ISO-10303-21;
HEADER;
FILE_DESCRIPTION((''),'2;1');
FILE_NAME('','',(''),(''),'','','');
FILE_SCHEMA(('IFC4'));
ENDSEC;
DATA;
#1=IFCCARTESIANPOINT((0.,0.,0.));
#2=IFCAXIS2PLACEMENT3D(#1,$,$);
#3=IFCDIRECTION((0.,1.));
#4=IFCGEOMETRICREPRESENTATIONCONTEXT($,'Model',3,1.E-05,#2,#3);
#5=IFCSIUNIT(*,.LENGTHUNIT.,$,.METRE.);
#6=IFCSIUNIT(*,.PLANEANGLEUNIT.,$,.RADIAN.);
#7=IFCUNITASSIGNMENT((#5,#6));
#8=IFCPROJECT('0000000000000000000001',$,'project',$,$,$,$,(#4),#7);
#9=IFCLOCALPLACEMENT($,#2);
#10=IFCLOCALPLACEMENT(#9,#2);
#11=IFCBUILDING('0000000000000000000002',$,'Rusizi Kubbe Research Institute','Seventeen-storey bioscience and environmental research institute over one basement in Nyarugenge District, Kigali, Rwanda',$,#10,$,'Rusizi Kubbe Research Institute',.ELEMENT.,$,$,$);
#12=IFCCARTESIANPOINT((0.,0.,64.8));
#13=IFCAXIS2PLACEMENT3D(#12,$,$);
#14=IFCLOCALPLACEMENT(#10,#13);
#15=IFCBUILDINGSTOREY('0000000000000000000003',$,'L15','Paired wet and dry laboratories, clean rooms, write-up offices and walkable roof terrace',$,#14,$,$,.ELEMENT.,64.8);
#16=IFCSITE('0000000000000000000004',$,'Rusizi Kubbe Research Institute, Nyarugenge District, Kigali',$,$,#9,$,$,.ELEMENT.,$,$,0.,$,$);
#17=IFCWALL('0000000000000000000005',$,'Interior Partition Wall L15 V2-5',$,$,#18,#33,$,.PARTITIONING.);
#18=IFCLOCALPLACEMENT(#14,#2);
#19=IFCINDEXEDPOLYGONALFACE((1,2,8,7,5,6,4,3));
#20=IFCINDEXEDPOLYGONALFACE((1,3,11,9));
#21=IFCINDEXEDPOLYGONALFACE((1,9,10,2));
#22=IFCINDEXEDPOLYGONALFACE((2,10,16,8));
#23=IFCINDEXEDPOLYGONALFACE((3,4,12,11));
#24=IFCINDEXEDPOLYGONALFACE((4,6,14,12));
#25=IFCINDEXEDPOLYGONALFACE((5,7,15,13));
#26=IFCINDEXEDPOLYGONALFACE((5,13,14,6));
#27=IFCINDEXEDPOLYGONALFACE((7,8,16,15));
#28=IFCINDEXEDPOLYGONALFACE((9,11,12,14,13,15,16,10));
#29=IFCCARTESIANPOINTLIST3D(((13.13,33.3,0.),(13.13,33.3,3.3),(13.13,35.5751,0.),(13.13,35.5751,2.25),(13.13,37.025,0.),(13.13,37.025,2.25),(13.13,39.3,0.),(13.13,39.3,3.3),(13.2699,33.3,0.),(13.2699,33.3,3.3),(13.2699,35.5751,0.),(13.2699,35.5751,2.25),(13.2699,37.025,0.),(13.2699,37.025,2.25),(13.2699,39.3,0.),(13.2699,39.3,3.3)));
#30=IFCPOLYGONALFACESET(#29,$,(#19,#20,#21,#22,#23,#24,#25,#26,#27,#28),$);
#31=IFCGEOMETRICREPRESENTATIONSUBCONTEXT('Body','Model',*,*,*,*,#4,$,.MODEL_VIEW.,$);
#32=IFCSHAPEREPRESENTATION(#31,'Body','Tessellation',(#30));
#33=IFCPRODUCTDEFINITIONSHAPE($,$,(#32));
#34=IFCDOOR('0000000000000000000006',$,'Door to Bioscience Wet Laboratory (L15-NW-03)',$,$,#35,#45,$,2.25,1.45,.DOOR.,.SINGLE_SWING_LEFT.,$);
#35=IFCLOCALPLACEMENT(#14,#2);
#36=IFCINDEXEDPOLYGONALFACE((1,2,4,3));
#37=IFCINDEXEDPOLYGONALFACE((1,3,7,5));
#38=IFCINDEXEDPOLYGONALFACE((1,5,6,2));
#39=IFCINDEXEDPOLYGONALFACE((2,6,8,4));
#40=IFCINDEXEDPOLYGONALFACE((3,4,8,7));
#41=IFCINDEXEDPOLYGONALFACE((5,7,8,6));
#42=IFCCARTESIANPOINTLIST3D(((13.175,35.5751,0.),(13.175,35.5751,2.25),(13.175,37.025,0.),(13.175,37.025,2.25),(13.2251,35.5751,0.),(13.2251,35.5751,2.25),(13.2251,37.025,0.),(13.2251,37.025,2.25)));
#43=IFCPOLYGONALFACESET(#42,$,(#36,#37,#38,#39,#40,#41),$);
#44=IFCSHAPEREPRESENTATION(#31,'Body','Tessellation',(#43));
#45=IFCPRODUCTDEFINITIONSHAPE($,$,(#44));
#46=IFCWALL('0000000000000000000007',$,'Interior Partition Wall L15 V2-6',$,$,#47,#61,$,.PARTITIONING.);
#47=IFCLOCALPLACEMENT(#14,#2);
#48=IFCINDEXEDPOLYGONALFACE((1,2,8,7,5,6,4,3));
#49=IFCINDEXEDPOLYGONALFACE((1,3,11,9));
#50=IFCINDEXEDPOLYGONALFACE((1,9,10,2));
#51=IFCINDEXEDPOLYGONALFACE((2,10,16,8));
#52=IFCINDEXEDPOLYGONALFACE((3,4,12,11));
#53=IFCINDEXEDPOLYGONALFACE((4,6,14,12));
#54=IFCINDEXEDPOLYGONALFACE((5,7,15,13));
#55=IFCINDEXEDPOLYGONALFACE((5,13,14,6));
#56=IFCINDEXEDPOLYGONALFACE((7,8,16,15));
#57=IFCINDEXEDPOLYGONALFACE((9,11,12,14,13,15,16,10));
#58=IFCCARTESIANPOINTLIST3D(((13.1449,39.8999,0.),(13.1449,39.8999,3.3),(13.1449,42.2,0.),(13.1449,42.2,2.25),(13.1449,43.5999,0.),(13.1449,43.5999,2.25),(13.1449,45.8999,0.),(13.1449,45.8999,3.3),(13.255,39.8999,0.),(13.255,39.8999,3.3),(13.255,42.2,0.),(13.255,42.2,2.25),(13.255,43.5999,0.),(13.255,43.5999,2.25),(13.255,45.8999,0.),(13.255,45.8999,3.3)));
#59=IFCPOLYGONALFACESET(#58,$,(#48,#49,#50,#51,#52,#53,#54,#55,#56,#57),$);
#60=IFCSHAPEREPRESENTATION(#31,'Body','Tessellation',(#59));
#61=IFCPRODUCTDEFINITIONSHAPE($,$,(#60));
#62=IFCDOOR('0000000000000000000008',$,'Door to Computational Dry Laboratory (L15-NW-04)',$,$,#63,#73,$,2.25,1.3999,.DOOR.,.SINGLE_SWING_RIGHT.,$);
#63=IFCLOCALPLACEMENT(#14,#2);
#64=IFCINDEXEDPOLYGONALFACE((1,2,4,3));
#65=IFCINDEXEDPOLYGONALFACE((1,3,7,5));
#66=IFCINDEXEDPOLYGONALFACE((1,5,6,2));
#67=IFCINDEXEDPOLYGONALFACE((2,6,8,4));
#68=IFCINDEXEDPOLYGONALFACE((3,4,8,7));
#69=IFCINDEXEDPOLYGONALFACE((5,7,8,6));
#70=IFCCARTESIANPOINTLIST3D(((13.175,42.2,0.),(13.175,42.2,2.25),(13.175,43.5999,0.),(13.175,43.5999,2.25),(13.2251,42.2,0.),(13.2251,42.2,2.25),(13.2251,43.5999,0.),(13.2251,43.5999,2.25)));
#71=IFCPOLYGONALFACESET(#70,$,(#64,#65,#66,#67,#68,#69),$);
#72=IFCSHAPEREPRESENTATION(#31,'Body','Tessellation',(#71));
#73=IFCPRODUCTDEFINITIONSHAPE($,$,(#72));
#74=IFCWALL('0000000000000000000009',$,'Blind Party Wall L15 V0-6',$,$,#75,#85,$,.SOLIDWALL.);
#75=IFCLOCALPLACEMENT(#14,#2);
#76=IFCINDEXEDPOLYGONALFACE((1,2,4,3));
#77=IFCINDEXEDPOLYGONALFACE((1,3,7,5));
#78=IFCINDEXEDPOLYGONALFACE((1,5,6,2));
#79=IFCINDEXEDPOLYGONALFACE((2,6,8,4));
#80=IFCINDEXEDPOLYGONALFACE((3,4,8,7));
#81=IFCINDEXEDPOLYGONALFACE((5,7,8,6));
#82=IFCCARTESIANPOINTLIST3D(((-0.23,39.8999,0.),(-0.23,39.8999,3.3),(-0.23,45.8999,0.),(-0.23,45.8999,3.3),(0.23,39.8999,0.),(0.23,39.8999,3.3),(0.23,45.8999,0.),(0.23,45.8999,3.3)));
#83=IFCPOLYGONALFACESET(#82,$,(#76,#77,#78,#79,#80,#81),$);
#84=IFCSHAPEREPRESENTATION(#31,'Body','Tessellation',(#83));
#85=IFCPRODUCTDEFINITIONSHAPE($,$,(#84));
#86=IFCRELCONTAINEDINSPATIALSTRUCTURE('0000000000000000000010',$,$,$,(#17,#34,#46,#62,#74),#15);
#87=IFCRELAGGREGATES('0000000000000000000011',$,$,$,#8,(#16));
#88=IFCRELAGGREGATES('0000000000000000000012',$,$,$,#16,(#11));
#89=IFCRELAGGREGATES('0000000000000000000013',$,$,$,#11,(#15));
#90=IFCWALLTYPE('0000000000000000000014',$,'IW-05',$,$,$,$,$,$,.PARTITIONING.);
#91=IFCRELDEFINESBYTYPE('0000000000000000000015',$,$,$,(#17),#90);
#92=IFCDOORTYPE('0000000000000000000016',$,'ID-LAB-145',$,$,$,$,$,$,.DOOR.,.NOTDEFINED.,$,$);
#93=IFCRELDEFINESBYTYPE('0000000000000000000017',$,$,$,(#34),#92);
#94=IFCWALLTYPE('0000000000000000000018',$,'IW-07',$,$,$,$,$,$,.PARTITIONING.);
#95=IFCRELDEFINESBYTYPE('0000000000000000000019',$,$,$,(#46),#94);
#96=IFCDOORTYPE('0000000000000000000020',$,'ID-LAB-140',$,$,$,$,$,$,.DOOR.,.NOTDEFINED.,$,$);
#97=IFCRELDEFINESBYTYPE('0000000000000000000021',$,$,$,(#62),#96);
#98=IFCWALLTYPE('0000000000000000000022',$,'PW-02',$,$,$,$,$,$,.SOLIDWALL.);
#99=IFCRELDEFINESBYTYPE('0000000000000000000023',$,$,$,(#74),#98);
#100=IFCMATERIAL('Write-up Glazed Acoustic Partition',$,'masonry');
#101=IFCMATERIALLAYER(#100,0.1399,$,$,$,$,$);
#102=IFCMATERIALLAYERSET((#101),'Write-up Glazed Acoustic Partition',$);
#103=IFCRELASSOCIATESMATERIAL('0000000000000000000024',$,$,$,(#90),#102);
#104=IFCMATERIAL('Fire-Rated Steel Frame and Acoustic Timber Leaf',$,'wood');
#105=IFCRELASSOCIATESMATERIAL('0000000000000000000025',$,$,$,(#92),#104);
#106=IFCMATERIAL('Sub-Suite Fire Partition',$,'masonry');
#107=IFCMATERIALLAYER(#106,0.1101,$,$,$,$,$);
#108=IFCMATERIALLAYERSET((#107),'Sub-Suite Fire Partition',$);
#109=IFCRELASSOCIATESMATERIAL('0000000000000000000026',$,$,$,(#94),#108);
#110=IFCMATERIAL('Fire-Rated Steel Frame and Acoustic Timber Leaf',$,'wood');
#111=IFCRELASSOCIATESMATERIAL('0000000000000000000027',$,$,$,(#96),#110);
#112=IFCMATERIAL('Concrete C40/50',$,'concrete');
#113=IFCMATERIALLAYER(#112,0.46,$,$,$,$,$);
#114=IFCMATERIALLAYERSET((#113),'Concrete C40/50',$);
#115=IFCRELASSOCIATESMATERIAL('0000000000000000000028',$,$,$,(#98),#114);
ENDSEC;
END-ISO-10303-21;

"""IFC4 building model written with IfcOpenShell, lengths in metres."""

from ifc_helpers import new_model, si_unit, direction, frame, frame_2d, origin, place, context, subcontext, project, spatial, rectangle, extrude, material, layer, layer_set, type_object, element, fill, save


model = new_model("IFC4")

# Units and contexts
model_context = context("Model", 3, precision=1e-05, world=origin(), true_north=direction((0.0, 1.0)))
body_context = subcontext(model_context, "Body", "Model", "MODEL_VIEW")
ifc_project = project(units=[si_unit("LENGTHUNIT", "METRE"), si_unit("PLANEANGLEUNIT", "RADIAN")], contexts=[model_context])

# Site, building, storey
site_placement = place(None, origin())
site = spatial("IfcSite", under=ifc_project, at=site_placement, Name="Rusizi Kubbe Research Institute, Nyarugenge District, Kigali", CompositionType="ELEMENT", RefElevation=0.0)
building_placement = place(site_placement, origin())
building = spatial("IfcBuilding", under=site, at=building_placement, Name="Rusizi Kubbe Research Institute", Description="Seventeen-storey bioscience and environmental research institute over one basement in Nyarugenge District, Kigali, Rwanda", LongName="Rusizi Kubbe Research Institute", CompositionType="ELEMENT")
storey_placement = place(building_placement, frame((0.0, 0.0, 64.8)))
storey = spatial("IfcBuildingStorey", under=building, at=storey_placement, Name="L15", Description="Paired wet and dry laboratories, clean rooms, write-up offices and walkable roof terrace", CompositionType="ELEMENT", Elevation=64.8)

# Shared definitions
ifc_material_1 = material(Name="Write-up Glazed Acoustic Partition", Category="masonry")
ifc_layer_1 = layer(ifc_material_1, 0.1399)
ifc_layer_set_1 = layer_set([ifc_layer_1], Name="Write-up Glazed Acoustic Partition")
wall_type_1 = type_object("IfcWallType", Name="IW-05", PredefinedType="PARTITIONING", material=ifc_layer_set_1)

# Walls, openings, doors
wall_1_placement = place(storey_placement, frame((13.2, 33.3, 0.0), z_axis=(0.0, 0.0, 1.0), x_axis=(0.0, 1.0, 0.0)))
wall_1 = element("IfcWall", 1, at=wall_1_placement, inside=storey, type_object=wall_type_1, Name="Interior Partition Wall L15 V2-5", PredefinedType="PARTITIONING", context=body_context, shape_type="SweptSolid", body=[
    extrude(rectangle(XDim=6.0, YDim=0.1399, at=frame_2d((3.0, 0.0))), origin(), (0.0, 0.0, 1.0), 3.3),
])
opening_1_placement = place(wall_1_placement, frame((2.2749, 0.0, 0.0)))
opening_1 = element("IfcOpeningElement", 2, at=opening_1_placement, cuts=wall_1, PredefinedType="OPENING", context=body_context, shape_type="SweptSolid", body=[
    extrude(rectangle(XDim=1.45, YDim=2.25, at=frame_2d((0.7251, 1.125))), frame((0.0, 0.0798, 0.0), z_axis=(0.0, -1.0, 0.0), x_axis=(1.0, 0.0, 0.0)), (0.0, 0.0, 1.0), 0.1599),
])
ifc_material_2 = material(Name="Fire-Rated Steel Frame and Acoustic Timber Leaf", Category="wood")
door_type_1 = type_object("IfcDoorType", Name="ID-LAB-145", OperationType="NOTDEFINED", PredefinedType="DOOR", material=ifc_material_2)
door_1_placement = place(opening_1_placement, origin())
door_1 = element("IfcDoor", 3, at=door_1_placement, inside=storey, type_object=door_type_1, Name="Door to Bioscience Wet Laboratory (L15-NW-03)", OperationType="SINGLE_SWING_LEFT", OverallHeight=2.25, OverallWidth=1.45, PredefinedType="DOOR", context=body_context, shape_type="SweptSolid", body=[
    extrude(rectangle(XDim=1.45, YDim=2.25, at=frame_2d((0.7251, 1.125))), frame((0.0, 0.0249, 0.0), z_axis=(0.0, -1.0, 0.0), x_axis=(1.0, 0.0, 0.0)), (0.0, 0.0, 1.0), 0.05),
])
fill(opening_1, door_1)
ifc_material_3 = material(Name="Sub-Suite Fire Partition", Category="masonry")
ifc_layer_2 = layer(ifc_material_3, 0.1101)
ifc_layer_set_2 = layer_set([ifc_layer_2], Name="Sub-Suite Fire Partition")
wall_type_2 = type_object("IfcWallType", Name="IW-07", PredefinedType="PARTITIONING", material=ifc_layer_set_2)
wall_2_placement = place(storey_placement, frame((13.2, 39.8999, 0.0), z_axis=(0.0, 0.0, 1.0), x_axis=(0.0, 1.0, 0.0)))
wall_2 = element("IfcWall", 4, at=wall_2_placement, inside=storey, type_object=wall_type_2, Name="Interior Partition Wall L15 V2-6", PredefinedType="PARTITIONING", context=body_context, shape_type="SweptSolid", body=[
    extrude(rectangle(XDim=6.0, YDim=0.1101, at=frame_2d((3.0, 0.0))), origin(), (0.0, 0.0, 1.0), 3.3),
])
opening_2_placement = place(wall_2_placement, frame((2.3, 0.0, 0.0)))
opening_2 = element("IfcOpeningElement", 5, at=opening_2_placement, cuts=wall_2, PredefinedType="OPENING", context=body_context, shape_type="SweptSolid", body=[
    extrude(rectangle(XDim=1.3999, YDim=2.25, at=frame_2d((0.7, 1.125))), frame((0.0, 0.0649, 0.0), z_axis=(0.0, -1.0, 0.0), x_axis=(1.0, 0.0, 0.0)), (0.0, 0.0, 1.0), 0.1301),
])
ifc_material_4 = material(Name="Fire-Rated Steel Frame and Acoustic Timber Leaf", Category="wood")
door_type_2 = type_object("IfcDoorType", Name="ID-LAB-140", OperationType="NOTDEFINED", PredefinedType="DOOR", material=ifc_material_4)
door_2_placement = place(opening_2_placement, origin())
door_2 = element("IfcDoor", 6, at=door_2_placement, inside=storey, type_object=door_type_2, Name="Door to Computational Dry Laboratory (L15-NW-04)", OperationType="SINGLE_SWING_RIGHT", OverallHeight=2.25, OverallWidth=1.3999, PredefinedType="DOOR", context=body_context, shape_type="SweptSolid", body=[
    extrude(rectangle(XDim=1.3999, YDim=2.25, at=frame_2d((0.7, 1.125))), frame((0.0, 0.0249, 0.0), z_axis=(0.0, -1.0, 0.0), x_axis=(1.0, 0.0, 0.0)), (0.0, 0.0, 1.0), 0.05),
])
fill(opening_2, door_2)

# Wall
ifc_material_5 = material(Name="Concrete C40/50", Category="concrete")
ifc_layer_3 = layer(ifc_material_5, 0.46)
ifc_layer_set_3 = layer_set([ifc_layer_3], Name="Concrete C40/50")
wall_type_3 = type_object("IfcWallType", Name="PW-02", PredefinedType="SOLIDWALL", material=ifc_layer_set_3)
wall_3_placement = place(storey_placement, frame((0.0, 39.8999, 0.0), z_axis=(0.0, 0.0, 1.0), x_axis=(0.0, 1.0, 0.0)))
element("IfcWall", 7, at=wall_3_placement, inside=storey, type_object=wall_type_3, Name="Blind Party Wall L15 V0-6", PredefinedType="SOLIDWALL", context=body_context, shape_type="SweptSolid", body=[
    extrude(rectangle(XDim=6.0, YDim=0.46, at=frame_2d((3.0, 0.0))), origin(), (0.0, 0.0, 1.0), 3.3),
])

save(model, "model.ifc")
